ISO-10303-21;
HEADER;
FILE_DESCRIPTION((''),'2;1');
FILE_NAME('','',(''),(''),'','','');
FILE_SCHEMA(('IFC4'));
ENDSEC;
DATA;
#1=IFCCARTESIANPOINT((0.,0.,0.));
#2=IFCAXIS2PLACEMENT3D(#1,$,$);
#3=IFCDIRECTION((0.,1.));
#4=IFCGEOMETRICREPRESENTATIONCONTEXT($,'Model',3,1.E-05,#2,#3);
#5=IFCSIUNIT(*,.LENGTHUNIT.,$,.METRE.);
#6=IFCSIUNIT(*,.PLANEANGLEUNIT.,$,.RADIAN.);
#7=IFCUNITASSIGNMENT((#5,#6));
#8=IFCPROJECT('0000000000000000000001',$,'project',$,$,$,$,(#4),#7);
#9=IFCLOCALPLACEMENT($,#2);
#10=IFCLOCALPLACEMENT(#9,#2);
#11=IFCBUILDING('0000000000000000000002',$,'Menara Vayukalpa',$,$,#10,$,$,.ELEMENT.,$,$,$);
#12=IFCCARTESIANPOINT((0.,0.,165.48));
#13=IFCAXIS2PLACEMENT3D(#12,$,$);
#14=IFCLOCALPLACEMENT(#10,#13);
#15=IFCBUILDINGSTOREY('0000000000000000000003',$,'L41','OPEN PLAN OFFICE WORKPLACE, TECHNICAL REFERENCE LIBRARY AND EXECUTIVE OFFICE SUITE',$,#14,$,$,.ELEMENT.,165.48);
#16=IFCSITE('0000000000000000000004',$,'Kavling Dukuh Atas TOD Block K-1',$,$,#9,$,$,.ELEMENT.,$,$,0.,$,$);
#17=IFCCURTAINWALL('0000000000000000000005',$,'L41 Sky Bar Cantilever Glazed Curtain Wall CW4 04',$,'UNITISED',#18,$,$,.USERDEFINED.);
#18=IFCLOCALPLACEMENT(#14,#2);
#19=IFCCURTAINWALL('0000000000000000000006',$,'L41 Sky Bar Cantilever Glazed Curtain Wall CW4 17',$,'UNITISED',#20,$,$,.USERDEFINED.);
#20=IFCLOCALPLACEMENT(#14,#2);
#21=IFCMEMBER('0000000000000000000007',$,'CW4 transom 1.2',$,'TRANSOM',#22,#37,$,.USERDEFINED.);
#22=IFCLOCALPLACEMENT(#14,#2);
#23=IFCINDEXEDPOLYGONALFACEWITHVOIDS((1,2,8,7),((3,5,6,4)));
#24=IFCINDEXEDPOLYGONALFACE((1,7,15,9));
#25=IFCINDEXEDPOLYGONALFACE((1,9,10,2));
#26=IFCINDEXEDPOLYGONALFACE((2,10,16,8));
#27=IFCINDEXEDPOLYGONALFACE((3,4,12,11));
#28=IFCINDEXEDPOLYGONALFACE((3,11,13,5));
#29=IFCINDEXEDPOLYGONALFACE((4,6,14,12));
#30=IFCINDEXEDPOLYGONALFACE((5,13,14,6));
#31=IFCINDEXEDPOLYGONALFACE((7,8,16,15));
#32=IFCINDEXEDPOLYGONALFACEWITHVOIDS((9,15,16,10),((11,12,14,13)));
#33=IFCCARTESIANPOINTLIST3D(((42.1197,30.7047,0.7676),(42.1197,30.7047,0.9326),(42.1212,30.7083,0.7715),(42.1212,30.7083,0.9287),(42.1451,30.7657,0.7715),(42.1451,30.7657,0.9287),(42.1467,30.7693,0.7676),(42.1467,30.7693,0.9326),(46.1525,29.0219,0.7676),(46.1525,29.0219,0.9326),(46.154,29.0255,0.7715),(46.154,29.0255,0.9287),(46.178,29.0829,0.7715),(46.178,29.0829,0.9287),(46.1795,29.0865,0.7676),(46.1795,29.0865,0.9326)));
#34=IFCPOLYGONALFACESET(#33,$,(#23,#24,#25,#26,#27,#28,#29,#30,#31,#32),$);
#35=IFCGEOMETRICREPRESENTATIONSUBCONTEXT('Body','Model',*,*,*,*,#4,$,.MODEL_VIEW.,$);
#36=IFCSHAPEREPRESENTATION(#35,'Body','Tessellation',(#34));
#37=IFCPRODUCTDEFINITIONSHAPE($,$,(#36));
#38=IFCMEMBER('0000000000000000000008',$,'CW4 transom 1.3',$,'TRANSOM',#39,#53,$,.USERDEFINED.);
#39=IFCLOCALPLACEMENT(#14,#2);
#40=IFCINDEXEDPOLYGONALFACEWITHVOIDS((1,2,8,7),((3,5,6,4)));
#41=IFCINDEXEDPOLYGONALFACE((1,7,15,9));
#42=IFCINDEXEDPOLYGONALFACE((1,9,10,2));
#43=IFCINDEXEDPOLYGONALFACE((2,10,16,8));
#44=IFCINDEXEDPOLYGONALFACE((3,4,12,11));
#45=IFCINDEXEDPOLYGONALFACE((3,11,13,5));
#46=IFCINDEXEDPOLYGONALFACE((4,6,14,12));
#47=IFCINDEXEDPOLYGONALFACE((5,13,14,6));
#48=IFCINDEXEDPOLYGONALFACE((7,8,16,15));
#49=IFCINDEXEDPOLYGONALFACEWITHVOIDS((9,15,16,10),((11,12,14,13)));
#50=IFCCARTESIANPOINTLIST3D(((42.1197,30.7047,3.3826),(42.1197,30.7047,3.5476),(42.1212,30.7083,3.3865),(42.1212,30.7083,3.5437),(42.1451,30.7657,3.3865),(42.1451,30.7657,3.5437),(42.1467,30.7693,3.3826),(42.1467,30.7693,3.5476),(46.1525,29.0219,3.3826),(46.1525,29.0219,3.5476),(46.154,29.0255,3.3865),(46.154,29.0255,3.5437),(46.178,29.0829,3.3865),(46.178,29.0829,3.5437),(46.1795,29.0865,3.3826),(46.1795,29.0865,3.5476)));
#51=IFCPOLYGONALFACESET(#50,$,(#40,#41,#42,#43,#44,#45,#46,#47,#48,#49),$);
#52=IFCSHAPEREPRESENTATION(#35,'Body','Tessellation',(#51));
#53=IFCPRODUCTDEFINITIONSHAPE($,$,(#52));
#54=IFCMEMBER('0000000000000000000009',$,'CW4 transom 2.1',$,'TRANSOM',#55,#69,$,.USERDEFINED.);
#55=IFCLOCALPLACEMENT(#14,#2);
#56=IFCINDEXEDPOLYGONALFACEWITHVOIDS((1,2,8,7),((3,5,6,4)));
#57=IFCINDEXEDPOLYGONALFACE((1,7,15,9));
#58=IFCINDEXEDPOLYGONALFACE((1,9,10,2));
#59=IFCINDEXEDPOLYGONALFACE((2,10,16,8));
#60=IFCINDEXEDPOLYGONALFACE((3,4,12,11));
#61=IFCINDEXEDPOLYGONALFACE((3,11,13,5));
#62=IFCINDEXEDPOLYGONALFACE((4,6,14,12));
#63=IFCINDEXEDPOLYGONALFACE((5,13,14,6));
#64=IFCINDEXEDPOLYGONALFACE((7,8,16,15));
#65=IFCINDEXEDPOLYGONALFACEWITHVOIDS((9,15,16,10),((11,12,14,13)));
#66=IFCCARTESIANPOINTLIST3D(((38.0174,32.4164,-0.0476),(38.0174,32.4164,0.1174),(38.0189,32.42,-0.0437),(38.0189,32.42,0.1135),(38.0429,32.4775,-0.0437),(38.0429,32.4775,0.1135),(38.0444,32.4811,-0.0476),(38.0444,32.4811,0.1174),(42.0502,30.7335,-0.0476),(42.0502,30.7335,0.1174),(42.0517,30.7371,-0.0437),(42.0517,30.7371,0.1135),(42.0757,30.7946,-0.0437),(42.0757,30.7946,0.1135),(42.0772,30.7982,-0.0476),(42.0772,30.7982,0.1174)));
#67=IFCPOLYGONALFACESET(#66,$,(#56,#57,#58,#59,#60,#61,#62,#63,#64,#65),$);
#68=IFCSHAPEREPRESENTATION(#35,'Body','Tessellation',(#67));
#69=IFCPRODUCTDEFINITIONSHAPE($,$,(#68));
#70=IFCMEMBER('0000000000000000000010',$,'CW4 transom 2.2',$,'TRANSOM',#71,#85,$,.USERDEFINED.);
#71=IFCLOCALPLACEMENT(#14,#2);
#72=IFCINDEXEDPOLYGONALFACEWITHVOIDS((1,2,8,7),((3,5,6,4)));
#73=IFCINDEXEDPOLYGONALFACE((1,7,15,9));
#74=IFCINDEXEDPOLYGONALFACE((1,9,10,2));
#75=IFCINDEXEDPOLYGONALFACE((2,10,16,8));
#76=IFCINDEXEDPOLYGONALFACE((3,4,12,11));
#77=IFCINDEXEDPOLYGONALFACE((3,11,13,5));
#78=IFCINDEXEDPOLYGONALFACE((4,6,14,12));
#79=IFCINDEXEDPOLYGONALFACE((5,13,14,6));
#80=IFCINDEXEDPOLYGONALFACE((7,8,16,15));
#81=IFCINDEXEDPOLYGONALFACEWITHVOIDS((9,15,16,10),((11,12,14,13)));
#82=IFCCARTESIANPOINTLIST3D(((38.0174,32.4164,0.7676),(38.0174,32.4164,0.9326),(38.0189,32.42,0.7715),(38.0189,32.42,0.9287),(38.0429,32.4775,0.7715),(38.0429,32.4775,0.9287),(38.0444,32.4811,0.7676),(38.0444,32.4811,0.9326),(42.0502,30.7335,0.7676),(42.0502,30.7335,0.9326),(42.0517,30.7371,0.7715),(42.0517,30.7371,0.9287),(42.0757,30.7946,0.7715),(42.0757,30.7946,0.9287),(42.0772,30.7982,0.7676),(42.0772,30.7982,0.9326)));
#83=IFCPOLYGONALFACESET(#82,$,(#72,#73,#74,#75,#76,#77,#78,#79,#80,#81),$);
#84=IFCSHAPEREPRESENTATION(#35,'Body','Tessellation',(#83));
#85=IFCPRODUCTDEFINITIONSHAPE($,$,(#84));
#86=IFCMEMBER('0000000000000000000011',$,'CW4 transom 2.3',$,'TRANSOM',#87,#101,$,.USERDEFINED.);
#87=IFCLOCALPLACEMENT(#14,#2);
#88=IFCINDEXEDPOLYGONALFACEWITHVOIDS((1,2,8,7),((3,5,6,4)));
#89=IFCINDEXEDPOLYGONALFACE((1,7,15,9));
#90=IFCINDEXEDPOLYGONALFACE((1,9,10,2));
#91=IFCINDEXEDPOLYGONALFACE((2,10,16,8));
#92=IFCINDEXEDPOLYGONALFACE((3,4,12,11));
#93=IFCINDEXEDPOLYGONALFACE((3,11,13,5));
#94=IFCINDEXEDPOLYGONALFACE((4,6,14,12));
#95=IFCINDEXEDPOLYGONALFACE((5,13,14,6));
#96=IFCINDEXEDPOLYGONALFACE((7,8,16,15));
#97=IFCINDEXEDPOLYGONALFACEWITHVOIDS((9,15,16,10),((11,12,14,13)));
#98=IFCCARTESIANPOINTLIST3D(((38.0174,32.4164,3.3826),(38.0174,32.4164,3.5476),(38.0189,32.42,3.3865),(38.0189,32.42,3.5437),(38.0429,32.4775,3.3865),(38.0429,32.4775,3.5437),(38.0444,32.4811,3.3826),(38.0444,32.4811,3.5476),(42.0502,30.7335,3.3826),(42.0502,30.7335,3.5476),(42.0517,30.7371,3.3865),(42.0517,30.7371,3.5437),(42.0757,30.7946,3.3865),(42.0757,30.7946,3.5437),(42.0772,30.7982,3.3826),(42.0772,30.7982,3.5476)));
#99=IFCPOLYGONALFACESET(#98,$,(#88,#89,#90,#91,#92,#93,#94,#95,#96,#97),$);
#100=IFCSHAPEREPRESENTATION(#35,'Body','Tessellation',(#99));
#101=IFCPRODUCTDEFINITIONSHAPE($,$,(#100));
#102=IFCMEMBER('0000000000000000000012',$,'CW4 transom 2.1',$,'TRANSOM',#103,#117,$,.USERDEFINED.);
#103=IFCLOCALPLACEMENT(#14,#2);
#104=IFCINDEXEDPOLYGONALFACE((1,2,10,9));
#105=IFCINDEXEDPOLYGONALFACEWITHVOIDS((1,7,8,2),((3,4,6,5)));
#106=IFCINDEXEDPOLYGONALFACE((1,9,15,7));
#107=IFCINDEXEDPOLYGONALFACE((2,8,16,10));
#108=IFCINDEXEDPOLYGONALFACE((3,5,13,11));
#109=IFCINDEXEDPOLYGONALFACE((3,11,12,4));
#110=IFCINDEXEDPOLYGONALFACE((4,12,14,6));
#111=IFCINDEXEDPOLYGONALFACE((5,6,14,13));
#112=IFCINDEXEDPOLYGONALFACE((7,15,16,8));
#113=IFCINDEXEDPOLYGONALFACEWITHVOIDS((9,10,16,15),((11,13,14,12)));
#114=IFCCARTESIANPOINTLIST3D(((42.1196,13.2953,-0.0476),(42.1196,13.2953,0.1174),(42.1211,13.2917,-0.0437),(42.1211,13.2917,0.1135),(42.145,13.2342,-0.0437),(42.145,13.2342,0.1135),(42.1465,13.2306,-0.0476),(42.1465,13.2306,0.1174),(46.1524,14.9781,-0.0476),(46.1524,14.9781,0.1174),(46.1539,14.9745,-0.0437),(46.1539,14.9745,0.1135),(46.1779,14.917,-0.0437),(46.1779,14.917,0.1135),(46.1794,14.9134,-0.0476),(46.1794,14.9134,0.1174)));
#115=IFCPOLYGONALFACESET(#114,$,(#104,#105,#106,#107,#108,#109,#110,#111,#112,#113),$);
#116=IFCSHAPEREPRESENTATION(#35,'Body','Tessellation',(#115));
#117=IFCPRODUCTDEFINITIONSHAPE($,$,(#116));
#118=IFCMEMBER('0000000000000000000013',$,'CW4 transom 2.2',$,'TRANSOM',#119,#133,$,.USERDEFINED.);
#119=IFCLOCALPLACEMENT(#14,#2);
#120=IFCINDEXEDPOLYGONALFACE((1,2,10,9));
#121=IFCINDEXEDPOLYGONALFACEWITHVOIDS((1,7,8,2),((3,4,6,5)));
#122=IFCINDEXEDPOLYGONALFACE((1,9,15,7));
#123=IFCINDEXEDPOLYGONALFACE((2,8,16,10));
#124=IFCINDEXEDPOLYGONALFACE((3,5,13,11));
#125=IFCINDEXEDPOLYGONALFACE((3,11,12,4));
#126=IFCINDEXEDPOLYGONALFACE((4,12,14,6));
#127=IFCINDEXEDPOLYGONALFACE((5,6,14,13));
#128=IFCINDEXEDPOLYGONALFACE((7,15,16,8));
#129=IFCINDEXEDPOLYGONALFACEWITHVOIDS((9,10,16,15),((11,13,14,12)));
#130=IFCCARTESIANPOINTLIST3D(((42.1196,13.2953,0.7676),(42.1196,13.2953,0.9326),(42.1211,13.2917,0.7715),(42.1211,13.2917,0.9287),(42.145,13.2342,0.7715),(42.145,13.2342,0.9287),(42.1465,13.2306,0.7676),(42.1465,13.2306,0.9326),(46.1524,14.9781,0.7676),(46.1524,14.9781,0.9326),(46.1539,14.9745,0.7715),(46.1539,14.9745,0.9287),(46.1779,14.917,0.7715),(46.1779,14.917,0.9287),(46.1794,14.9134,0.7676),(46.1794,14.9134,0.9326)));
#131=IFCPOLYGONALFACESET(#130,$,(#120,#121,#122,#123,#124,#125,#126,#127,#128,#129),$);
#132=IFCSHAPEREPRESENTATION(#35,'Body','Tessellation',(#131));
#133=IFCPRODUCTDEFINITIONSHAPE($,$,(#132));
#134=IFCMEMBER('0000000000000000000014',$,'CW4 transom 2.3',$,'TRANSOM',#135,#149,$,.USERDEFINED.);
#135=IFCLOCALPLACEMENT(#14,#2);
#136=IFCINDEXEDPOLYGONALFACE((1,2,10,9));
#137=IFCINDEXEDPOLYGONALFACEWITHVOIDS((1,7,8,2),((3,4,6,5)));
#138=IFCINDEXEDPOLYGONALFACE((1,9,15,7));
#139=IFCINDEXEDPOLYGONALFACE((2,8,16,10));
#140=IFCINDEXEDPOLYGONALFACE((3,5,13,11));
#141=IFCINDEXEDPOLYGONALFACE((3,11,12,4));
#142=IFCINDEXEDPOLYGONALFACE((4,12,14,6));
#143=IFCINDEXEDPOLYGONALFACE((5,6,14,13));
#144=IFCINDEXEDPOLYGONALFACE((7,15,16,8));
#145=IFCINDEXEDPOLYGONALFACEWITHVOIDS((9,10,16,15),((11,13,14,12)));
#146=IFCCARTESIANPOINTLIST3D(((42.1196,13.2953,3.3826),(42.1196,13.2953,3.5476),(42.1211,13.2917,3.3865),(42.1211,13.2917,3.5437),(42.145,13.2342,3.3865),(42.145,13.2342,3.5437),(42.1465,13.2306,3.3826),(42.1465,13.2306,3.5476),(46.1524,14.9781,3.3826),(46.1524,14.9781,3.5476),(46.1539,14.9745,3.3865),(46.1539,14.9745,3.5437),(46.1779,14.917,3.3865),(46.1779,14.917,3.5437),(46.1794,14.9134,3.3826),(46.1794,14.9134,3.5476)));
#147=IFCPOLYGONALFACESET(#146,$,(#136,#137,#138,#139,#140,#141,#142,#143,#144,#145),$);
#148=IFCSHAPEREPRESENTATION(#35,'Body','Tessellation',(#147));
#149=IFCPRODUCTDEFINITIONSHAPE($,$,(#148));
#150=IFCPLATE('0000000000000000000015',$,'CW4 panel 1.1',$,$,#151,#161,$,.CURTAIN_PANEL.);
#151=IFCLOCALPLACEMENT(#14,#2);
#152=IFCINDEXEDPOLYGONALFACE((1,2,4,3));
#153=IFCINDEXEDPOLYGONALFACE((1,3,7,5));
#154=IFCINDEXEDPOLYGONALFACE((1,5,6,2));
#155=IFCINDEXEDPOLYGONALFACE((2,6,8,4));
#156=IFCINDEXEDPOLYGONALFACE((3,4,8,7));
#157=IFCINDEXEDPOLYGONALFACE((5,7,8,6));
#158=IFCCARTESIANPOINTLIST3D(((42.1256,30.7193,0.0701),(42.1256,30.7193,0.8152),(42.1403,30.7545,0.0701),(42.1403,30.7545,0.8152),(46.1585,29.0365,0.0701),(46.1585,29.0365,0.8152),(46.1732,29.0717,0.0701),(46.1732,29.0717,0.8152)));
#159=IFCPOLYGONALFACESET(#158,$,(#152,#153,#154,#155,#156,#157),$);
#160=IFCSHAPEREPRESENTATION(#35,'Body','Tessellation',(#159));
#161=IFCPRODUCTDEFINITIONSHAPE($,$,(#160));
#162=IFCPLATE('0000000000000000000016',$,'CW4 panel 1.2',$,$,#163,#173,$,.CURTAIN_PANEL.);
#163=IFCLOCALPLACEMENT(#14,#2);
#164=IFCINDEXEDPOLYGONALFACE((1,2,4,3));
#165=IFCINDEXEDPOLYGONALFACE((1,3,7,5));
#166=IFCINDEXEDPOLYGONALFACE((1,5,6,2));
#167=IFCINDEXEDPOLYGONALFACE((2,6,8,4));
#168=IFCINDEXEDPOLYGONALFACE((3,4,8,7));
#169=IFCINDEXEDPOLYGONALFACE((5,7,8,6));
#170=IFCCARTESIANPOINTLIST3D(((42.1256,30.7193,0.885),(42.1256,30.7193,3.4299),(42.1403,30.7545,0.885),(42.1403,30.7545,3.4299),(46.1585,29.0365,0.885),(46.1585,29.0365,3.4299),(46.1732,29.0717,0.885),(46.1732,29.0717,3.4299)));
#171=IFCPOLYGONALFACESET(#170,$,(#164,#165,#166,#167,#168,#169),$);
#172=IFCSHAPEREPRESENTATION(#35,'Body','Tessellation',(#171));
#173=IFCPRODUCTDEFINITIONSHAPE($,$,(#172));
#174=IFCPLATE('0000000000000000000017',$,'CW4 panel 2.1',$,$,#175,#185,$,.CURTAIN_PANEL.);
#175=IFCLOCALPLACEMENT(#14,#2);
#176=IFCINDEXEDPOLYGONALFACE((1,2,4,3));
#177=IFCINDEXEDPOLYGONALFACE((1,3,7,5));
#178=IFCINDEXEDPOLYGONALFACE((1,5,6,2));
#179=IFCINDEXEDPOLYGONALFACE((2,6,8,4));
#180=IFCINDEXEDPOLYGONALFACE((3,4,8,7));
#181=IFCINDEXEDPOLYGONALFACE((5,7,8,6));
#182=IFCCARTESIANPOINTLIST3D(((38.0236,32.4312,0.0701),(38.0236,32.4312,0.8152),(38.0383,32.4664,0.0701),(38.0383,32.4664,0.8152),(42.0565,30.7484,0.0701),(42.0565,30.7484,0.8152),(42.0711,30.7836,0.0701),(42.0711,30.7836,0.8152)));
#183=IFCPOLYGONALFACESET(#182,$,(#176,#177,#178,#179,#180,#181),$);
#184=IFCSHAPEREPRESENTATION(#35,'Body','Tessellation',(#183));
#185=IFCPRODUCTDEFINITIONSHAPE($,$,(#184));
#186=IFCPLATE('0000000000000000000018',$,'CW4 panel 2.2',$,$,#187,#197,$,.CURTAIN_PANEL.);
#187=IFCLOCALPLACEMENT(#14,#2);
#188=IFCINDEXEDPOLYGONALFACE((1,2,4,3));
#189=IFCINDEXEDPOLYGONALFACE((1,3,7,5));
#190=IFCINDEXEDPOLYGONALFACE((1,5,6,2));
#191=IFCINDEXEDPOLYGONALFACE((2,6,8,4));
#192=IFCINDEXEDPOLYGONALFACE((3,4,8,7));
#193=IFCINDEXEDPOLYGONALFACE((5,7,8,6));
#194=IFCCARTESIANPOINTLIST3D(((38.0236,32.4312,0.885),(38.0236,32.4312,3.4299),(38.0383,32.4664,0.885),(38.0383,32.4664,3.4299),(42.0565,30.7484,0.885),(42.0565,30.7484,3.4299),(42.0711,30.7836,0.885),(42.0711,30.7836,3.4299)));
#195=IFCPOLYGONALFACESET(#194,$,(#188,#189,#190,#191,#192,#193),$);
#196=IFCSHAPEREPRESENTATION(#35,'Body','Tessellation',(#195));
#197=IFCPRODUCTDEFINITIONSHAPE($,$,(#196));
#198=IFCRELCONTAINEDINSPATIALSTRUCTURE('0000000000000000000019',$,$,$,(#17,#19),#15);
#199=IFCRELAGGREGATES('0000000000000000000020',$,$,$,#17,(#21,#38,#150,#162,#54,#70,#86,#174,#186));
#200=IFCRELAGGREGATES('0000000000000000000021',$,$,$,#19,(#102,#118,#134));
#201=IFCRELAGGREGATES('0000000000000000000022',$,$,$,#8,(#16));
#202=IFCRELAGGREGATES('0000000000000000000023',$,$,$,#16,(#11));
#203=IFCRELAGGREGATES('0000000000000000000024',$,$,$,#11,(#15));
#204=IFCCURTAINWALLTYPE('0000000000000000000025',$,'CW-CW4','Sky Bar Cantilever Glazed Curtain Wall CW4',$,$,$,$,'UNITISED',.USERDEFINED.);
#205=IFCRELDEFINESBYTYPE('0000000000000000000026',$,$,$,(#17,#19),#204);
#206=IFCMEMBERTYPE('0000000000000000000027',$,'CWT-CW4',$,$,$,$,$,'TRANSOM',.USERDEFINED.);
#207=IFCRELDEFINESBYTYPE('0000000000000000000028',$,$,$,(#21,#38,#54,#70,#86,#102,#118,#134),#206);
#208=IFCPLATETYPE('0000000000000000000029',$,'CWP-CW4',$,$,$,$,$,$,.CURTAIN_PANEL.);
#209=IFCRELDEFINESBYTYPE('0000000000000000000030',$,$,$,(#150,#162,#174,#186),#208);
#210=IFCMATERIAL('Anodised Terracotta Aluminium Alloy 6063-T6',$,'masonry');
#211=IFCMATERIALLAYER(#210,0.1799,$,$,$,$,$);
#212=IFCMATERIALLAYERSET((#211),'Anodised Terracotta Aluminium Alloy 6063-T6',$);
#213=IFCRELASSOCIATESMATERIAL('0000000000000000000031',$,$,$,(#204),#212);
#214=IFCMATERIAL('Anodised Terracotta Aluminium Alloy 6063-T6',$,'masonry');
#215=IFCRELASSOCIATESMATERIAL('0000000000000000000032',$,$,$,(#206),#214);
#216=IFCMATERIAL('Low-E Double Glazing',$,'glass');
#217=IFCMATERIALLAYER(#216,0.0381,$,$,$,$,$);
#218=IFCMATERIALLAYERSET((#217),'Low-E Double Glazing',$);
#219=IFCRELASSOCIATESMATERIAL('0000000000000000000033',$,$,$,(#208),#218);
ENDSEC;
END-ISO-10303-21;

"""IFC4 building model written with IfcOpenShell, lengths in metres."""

from ifc_helpers import new_model, si_unit, direction, frame, origin, origin_2d, place, context, subcontext, project, spatial, rectangle, hollow_rectangle, extrude, material, layer, layer_set, material_profile, profile_set, type_object, element, aggregate, save


model = new_model("IFC4")

# Units and contexts
model_context = context("Model", 3, precision=1e-05, world=origin(), true_north=direction((0.0, 1.0)))
body_context = subcontext(model_context, "Body", "Model", "MODEL_VIEW")
ifc_project = project(units=[si_unit("LENGTHUNIT", "METRE"), si_unit("PLANEANGLEUNIT", "RADIAN")], contexts=[model_context])

# Site, building, storey
site_placement = place(None, origin())
site = spatial("IfcSite", under=ifc_project, at=site_placement, Name="Kavling Dukuh Atas TOD Block K-1", CompositionType="ELEMENT", RefElevation=0.0)
building_placement = place(site_placement, origin())
building = spatial("IfcBuilding", under=site, at=building_placement, Name="Menara Vayukalpa", CompositionType="ELEMENT")
storey_placement = place(building_placement, frame((0.0, 0.0, 165.48)))
storey = spatial("IfcBuildingStorey", under=building, at=storey_placement, Name="L41", Description="OPEN PLAN OFFICE WORKPLACE, TECHNICAL REFERENCE LIBRARY AND EXECUTIVE OFFICE SUITE", CompositionType="ELEMENT", Elevation=165.48)

# Curtain walls
ifc_material_1 = material(Name="Anodised Terracotta Aluminium Alloy 6063-T6", Category="masonry")
ifc_layer_1 = layer(ifc_material_1, 0.1799)
ifc_layer_set_1 = layer_set([ifc_layer_1], Name="Anodised Terracotta Aluminium Alloy 6063-T6")
curtain_wall_type = type_object("IfcCurtainWallType", Name="CW-CW4", Description="Sky Bar Cantilever Glazed Curtain Wall CW4", ElementType="UNITISED", PredefinedType="USERDEFINED", material=ifc_layer_set_1)
curtain_wall_1_placement = place(storey_placement, origin())
curtain_wall_1 = element("IfcCurtainWall", 1, at=curtain_wall_1_placement, inside=storey, type_object=curtain_wall_type, Name="L41 Sky Bar Cantilever Glazed Curtain Wall CW4 04", ObjectType="UNITISED", PredefinedType="USERDEFINED")
curtain_wall_2_placement = place(storey_placement, origin())
curtain_wall_2 = element("IfcCurtainWall", 2, at=curtain_wall_2_placement, inside=storey, type_object=curtain_wall_type, Name="L41 Sky Bar Cantilever Glazed Curtain Wall CW4 17", ObjectType="UNITISED", PredefinedType="USERDEFINED")

# Members
ifc_material_2 = material(Name="Anodised Terracotta Aluminium Alloy 6063-T6", Category="masonry")
ifc_material_profile_1 = material_profile(ifc_material_2, hollow_rectangle(XDim=0.0701, YDim=0.165, WallThickness=0.0039, at=origin_2d()), Name="ALU 70x165x4")
ifc_profile_set_1 = profile_set([ifc_material_profile_1], Name="Anodised Terracotta Aluminium Alloy 6063-T6")
member_type_1 = type_object("IfcMemberType", Name="CWT-CW4", ElementType="TRANSOM", PredefinedType="USERDEFINED", material=ifc_profile_set_1)
member_1_placement = place(storey_placement, frame((46.166, 29.0542, 0.8501), z_axis=(-0.922877, 0.385095, 0.0), x_axis=(-0.385095, -0.922877, 0.0)))
member_1 = element("IfcMember", 3, at=member_1_placement, type_object=member_type_1, Name="CW4 transom 1.2", ObjectType="TRANSOM", PredefinedType="USERDEFINED", context=body_context, shape_type="SweptSolid", body=[
    extrude(hollow_rectangle(XDim=0.0701, YDim=0.165, WallThickness=0.0039, at=origin_2d()), origin(), (0.0, 0.0, 1.0), 4.3699),
])
member_2_placement = place(storey_placement, frame((46.166, 29.0542, 3.4651), z_axis=(-0.922877, 0.385095, 0.0), x_axis=(-0.385095, -0.922877, 0.0)))
member_2 = element("IfcMember", 4, at=member_2_placement, type_object=member_type_1, Name="CW4 transom 1.3", ObjectType="TRANSOM", PredefinedType="USERDEFINED", context=body_context, shape_type="SweptSolid", body=[
    extrude(hollow_rectangle(XDim=0.0701, YDim=0.165, WallThickness=0.0039, at=origin_2d()), origin(), (0.0, 0.0, 1.0), 4.3699),
])
member_3_placement = place(storey_placement, frame((42.0637, 30.7659, 0.0349), z_axis=(-0.922869, 0.385115, 0.0), x_axis=(-0.385115, -0.922869, 0.0)))
member_3 = element("IfcMember", 5, at=member_3_placement, type_object=member_type_1, Name="CW4 transom 2.1", ObjectType="TRANSOM", PredefinedType="USERDEFINED", context=body_context, shape_type="SweptSolid", body=[
    extrude(hollow_rectangle(XDim=0.0701, YDim=0.165, WallThickness=0.0039, at=origin_2d()), origin(), (0.0, 0.0, 1.0), 4.3699),
])
member_4_placement = place(storey_placement, frame((42.0637, 30.7659, 0.8501), z_axis=(-0.922869, 0.385115, 0.0), x_axis=(-0.385115, -0.922869, 0.0)))
member_4 = element("IfcMember", 6, at=member_4_placement, type_object=member_type_1, Name="CW4 transom 2.2", ObjectType="TRANSOM", PredefinedType="USERDEFINED", context=body_context, shape_type="SweptSolid", body=[
    extrude(hollow_rectangle(XDim=0.0701, YDim=0.165, WallThickness=0.0039, at=origin_2d()), origin(), (0.0, 0.0, 1.0), 4.3699),
])
member_5_placement = place(storey_placement, frame((42.0637, 30.7659, 3.4651), z_axis=(-0.922869, 0.385115, 0.0), x_axis=(-0.385115, -0.922869, 0.0)))
member_5 = element("IfcMember", 7, at=member_5_placement, type_object=member_type_1, Name="CW4 transom 2.3", ObjectType="TRANSOM", PredefinedType="USERDEFINED", context=body_context, shape_type="SweptSolid", body=[
    extrude(hollow_rectangle(XDim=0.0701, YDim=0.165, WallThickness=0.0039, at=origin_2d()), origin(), (0.0, 0.0, 1.0), 4.3699),
])
member_6_placement = place(storey_placement, frame((42.1331, 13.2629, 0.0349), z_axis=(0.922877, 0.385095, 0.0), x_axis=(-0.385095, 0.922877, 0.0)))
member_6 = element("IfcMember", 8, at=member_6_placement, type_object=member_type_1, Name="CW4 transom 2.1", ObjectType="TRANSOM", PredefinedType="USERDEFINED", context=body_context, shape_type="SweptSolid", body=[
    extrude(hollow_rectangle(XDim=0.0701, YDim=0.165, WallThickness=0.0039, at=origin_2d()), origin(), (0.0, 0.0, 1.0), 4.3699),
])
member_7_placement = place(storey_placement, frame((42.1331, 13.2629, 0.8501), z_axis=(0.922877, 0.385095, 0.0), x_axis=(-0.385095, 0.922877, 0.0)))
member_7 = element("IfcMember", 9, at=member_7_placement, type_object=member_type_1, Name="CW4 transom 2.2", ObjectType="TRANSOM", PredefinedType="USERDEFINED", context=body_context, shape_type="SweptSolid", body=[
    extrude(hollow_rectangle(XDim=0.0701, YDim=0.165, WallThickness=0.0039, at=origin_2d()), origin(), (0.0, 0.0, 1.0), 4.3699),
])
member_8_placement = place(storey_placement, frame((42.1331, 13.2629, 3.4651), z_axis=(0.922877, 0.385095, 0.0), x_axis=(-0.385095, 0.922877, 0.0)))
member_8 = element("IfcMember", 10, at=member_8_placement, type_object=member_type_1, Name="CW4 transom 2.3", ObjectType="TRANSOM", PredefinedType="USERDEFINED", context=body_context, shape_type="SweptSolid", body=[
    extrude(hollow_rectangle(XDim=0.0701, YDim=0.165, WallThickness=0.0039, at=origin_2d()), origin(), (0.0, 0.0, 1.0), 4.3699),
])

# Plates
ifc_material_3 = material(Name="Low-E Double Glazing", Category="glass")
ifc_layer_2 = layer(ifc_material_3, 0.0381)
ifc_layer_set_2 = layer_set([ifc_layer_2], Name="Low-E Double Glazing")
plate_type = type_object("IfcPlateType", Name="CWP-CW4", PredefinedType="CURTAIN_PANEL", material=ifc_layer_set_2)
plate_1_placement = place(storey_placement, frame((44.1494, 29.8955, 0.0701), z_axis=(0.0, 0.0, 1.0), x_axis=(-0.922878, 0.385091, 0.0)))
plate_1 = element("IfcPlate", 11, at=plate_1_placement, type_object=plate_type, Name="CW4 panel 1.1", PredefinedType="CURTAIN_PANEL", context=body_context, shape_type="SweptSolid", body=[
    extrude(rectangle(XDim=4.3699, YDim=0.0381, at=origin_2d()), origin(), (0.0, 0.0, 1.0), 0.7451),
])
plate_2_placement = place(storey_placement, frame((44.1494, 29.8955, 0.885), z_axis=(0.0, 0.0, 1.0), x_axis=(-0.922878, 0.385091, 0.0)))
plate_2 = element("IfcPlate", 12, at=plate_2_placement, type_object=plate_type, Name="CW4 panel 1.2", PredefinedType="CURTAIN_PANEL", context=body_context, shape_type="SweptSolid", body=[
    extrude(rectangle(XDim=4.3699, YDim=0.0381, at=origin_2d()), origin(), (0.0, 0.0, 1.0), 2.5449),
])
plate_3_placement = place(storey_placement, frame((40.0474, 31.6074, 0.0701), z_axis=(0.0, 0.0, 1.0), x_axis=(-0.922878, 0.385091, 0.0)))
plate_3 = element("IfcPlate", 13, at=plate_3_placement, type_object=plate_type, Name="CW4 panel 2.1", PredefinedType="CURTAIN_PANEL", context=body_context, shape_type="SweptSolid", body=[
    extrude(rectangle(XDim=4.3699, YDim=0.0381, at=origin_2d()), origin(), (0.0, 0.0, 1.0), 0.7451),
])
plate_4_placement = place(storey_placement, frame((40.0474, 31.6074, 0.885), z_axis=(0.0, 0.0, 1.0), x_axis=(-0.922878, 0.385091, 0.0)))
plate_4 = element("IfcPlate", 14, at=plate_4_placement, type_object=plate_type, Name="CW4 panel 2.2", PredefinedType="CURTAIN_PANEL", context=body_context, shape_type="SweptSolid", body=[
    extrude(rectangle(XDim=4.3699, YDim=0.0381, at=origin_2d()), origin(), (0.0, 0.0, 1.0), 2.5449),
])
aggregate(curtain_wall_1, [member_1, member_2, plate_1, plate_2, member_3, member_4, member_5, plate_3, plate_4])
aggregate(curtain_wall_2, [member_6, member_7, member_8])

save(model, "model.ifc")
